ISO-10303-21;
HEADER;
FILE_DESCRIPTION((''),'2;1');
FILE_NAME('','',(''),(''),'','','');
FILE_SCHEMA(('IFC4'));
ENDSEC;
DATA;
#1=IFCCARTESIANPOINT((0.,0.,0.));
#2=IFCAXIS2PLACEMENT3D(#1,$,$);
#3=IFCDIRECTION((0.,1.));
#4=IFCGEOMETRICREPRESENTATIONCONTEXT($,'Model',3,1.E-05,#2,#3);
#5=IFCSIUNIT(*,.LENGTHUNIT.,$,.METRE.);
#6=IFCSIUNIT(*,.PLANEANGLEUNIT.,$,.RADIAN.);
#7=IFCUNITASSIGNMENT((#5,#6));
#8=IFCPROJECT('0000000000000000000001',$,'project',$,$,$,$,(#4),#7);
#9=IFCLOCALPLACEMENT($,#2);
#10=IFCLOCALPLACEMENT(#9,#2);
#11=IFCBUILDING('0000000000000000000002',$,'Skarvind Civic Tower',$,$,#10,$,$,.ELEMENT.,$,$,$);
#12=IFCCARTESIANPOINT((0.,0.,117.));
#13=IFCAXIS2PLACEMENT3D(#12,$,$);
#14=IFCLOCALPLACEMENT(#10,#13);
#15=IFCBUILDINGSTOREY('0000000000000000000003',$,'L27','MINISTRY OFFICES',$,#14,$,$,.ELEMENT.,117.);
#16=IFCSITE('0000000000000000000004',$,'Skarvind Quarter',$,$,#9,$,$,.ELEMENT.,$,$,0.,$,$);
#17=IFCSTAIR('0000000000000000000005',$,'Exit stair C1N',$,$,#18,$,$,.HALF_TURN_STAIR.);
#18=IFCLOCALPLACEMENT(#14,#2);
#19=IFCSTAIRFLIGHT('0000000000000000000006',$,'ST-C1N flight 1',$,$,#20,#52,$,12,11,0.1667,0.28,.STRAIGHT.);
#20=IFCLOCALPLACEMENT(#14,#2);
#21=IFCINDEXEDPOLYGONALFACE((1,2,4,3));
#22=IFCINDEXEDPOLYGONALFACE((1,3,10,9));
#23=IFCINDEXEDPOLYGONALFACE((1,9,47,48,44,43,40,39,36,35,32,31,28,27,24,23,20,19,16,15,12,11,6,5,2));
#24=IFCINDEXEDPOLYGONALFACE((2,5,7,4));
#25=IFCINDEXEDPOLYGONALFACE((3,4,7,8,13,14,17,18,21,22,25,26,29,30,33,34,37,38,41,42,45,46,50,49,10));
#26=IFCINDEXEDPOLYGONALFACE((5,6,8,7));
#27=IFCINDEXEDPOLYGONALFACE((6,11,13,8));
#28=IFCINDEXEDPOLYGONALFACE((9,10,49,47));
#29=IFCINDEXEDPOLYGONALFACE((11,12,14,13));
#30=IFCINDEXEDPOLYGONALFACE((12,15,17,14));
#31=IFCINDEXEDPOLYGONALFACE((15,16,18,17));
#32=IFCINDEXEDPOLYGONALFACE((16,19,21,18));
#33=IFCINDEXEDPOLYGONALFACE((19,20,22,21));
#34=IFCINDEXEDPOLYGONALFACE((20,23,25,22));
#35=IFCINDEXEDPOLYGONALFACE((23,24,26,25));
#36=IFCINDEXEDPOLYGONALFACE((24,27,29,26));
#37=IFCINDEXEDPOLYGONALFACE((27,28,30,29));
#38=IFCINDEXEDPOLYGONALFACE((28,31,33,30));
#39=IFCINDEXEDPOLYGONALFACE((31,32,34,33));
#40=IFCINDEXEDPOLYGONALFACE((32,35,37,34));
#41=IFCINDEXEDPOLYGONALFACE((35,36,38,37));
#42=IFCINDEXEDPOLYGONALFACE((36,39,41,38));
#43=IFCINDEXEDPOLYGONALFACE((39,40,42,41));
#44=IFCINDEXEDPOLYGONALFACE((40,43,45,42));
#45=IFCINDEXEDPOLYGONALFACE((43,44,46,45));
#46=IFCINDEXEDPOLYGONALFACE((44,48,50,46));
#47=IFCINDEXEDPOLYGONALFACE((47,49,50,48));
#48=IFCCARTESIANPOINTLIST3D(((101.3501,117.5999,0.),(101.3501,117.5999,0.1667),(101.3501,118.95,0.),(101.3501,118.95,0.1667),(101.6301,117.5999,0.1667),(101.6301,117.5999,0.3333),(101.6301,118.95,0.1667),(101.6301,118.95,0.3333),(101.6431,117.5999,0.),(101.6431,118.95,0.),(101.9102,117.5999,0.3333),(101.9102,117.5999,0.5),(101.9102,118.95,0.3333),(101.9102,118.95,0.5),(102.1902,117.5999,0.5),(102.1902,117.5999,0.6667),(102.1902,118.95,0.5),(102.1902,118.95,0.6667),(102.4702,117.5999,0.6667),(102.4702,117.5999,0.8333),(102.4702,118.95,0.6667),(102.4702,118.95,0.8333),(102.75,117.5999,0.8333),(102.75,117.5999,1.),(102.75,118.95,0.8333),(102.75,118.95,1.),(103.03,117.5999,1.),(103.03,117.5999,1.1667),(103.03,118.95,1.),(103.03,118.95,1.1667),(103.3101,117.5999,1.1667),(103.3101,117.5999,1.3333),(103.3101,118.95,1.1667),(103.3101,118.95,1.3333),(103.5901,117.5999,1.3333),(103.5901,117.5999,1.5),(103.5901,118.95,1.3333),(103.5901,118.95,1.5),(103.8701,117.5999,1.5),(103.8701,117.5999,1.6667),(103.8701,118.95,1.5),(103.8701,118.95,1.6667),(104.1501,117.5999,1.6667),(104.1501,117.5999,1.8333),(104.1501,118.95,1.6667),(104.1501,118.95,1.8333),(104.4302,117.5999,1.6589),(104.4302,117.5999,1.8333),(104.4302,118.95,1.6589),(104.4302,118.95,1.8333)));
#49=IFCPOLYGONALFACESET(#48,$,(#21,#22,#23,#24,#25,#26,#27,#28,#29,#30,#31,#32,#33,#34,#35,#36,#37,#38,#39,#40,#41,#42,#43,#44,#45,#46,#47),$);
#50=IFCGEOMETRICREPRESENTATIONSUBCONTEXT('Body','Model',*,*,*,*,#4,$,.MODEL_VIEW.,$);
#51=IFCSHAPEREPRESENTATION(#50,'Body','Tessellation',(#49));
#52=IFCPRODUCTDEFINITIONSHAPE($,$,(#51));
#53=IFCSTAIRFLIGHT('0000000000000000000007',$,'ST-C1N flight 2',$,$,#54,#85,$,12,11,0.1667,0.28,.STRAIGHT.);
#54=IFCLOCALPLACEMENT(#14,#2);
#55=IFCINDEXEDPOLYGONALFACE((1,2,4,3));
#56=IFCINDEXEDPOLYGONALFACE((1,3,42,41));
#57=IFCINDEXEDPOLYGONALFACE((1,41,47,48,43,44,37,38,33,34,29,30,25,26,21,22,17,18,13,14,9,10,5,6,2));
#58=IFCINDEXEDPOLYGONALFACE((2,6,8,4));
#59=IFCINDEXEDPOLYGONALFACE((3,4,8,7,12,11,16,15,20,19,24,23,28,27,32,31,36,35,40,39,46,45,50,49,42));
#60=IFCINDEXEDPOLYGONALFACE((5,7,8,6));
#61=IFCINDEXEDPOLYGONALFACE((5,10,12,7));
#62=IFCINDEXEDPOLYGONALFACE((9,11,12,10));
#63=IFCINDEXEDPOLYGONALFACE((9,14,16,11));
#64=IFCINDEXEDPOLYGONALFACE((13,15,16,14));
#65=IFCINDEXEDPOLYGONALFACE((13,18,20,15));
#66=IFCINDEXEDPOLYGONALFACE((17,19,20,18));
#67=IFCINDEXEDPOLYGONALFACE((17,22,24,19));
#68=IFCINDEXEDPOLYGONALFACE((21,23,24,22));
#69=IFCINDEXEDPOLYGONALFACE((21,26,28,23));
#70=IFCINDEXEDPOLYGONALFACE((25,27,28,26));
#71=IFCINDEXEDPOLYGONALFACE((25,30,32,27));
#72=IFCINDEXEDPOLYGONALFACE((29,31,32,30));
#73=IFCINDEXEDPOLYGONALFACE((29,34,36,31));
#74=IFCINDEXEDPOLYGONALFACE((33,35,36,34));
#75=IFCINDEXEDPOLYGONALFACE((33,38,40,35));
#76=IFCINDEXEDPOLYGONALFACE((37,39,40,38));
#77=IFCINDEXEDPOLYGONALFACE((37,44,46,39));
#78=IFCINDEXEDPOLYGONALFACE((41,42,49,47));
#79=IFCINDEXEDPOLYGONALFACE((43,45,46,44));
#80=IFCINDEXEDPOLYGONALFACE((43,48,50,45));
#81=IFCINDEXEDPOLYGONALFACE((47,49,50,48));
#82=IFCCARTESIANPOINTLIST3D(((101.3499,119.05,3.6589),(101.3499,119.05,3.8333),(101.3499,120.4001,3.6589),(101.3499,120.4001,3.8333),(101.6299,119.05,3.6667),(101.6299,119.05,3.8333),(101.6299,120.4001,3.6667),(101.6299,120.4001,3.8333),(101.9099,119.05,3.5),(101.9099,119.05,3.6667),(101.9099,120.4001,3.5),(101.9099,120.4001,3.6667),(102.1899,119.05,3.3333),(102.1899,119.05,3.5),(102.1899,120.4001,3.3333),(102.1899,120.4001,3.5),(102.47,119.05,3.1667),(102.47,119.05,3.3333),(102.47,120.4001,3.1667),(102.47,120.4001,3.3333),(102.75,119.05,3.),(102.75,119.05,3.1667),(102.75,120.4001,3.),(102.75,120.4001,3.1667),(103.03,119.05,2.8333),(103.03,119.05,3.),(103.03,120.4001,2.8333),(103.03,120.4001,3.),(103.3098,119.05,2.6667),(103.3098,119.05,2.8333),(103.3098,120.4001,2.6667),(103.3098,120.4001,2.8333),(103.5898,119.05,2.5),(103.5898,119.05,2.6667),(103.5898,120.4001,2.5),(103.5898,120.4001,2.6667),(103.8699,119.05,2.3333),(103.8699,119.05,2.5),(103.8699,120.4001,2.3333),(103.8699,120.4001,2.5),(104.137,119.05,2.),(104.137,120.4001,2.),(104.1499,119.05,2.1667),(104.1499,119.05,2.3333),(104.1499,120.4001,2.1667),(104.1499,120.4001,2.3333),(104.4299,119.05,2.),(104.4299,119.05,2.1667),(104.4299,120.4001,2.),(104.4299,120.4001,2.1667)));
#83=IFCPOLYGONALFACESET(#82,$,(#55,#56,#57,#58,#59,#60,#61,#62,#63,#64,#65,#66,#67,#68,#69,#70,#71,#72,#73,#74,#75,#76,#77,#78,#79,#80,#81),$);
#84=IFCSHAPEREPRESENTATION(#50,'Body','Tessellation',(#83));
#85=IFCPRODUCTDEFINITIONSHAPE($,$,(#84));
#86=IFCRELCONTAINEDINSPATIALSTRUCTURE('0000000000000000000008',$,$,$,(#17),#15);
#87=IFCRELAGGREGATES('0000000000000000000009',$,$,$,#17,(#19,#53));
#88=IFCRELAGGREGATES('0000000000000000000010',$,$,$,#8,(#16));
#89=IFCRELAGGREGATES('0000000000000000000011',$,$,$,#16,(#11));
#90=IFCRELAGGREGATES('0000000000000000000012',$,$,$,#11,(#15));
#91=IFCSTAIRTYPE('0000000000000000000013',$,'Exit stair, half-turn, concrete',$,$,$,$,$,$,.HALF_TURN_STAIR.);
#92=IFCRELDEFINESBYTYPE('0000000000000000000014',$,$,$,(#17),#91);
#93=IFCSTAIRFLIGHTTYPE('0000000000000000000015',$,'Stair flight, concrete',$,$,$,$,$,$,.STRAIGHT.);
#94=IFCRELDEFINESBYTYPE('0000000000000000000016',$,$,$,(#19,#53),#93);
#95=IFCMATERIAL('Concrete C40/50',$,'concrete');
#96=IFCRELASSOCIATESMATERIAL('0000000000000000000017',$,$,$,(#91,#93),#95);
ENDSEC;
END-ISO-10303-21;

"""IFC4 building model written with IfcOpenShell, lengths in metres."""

from ifc_helpers import new_model, si_unit, direction, frame, origin, place, context, subcontext, project, spatial, polyline, outline, extrude, material, type_object, element, aggregate, save


model = new_model("IFC4")

# Units and contexts
model_context = context("Model", 3, precision=1e-05, world=origin(), true_north=direction((0.0, 1.0)))
body_context = subcontext(model_context, "Body", "Model", "MODEL_VIEW")
ifc_project = project(units=[si_unit("LENGTHUNIT", "METRE"), si_unit("PLANEANGLEUNIT", "RADIAN")], contexts=[model_context])

# Site, building, storey
site_placement = place(None, origin())
site = spatial("IfcSite", under=ifc_project, at=site_placement, Name="Skarvind Quarter", CompositionType="ELEMENT", RefElevation=0.0)
building_placement = place(site_placement, origin())
building = spatial("IfcBuilding", under=site, at=building_placement, Name="Skarvind Civic Tower", CompositionType="ELEMENT")
storey_placement = place(building_placement, frame((0.0, 0.0, 117.0)))
storey = spatial("IfcBuildingStorey", under=building, at=storey_placement, Name="L27", Description="MINISTRY OFFICES", CompositionType="ELEMENT", Elevation=117.0)

# Stair, stair flights
ifc_material_1 = material(Name="Concrete C40/50", Category="concrete")
stair_type = type_object("IfcStairType", Name="Exit stair, half-turn, concrete", PredefinedType="HALF_TURN_STAIR", material=ifc_material_1)
stair_placement = place(storey_placement, origin())
stair = element("IfcStair", 1, at=stair_placement, inside=storey, type_object=stair_type, Name="Exit stair C1N", PredefinedType="HALF_TURN_STAIR")
stair_flight_type = type_object("IfcStairFlightType", Name="Stair flight, concrete", PredefinedType="STRAIGHT", material=ifc_material_1)
stair_flight_1_placement = place(storey_placement, frame((101.3501, 118.2749, 0.0), z_axis=(0.0, 0.0, 1.0), x_axis=(1.0, 0.0, 0.0)))
stair_flight_1 = element("IfcStairFlight", 2, at=stair_flight_1_placement, type_object=stair_flight_type, Name="ST-C1N flight 1", NumberOfRisers=12, NumberOfTreads=11, PredefinedType="STRAIGHT", RiserHeight=0.1667, TreadLength=0.28, context=body_context, shape_type="SweptSolid", body=[
    extrude(outline(polyline([(0.0, 0.0), (0.0, 0.1667), (0.28, 0.1667), (0.28, 0.3333), (0.5601, 0.3333), (0.5601, 0.5), (0.8401, 0.5), (0.8401, 0.6667), (1.1201, 0.6667), (1.1201, 0.8333), (1.3999, 0.8333), (1.3999, 1.0), (1.6799, 1.0), (1.6799, 1.1667), (1.96, 1.1667), (1.96, 1.3333), (2.24, 1.3333), (2.24, 1.5), (2.52, 1.5), (2.52, 1.6667), (2.8, 1.6667), (2.8, 1.8333), (3.0801, 1.8333), (3.0801, 2.0), (3.0801, 1.6589), (0.293, 0.0), (0.0, 0.0)])), frame((0.0, 0.675, 0.0), z_axis=(0.0, -1.0, 0.0), x_axis=(1.0, 0.0, 0.0)), (0.0, 0.0, 1.0), 1.3501),
])
stair_flight_2_placement = place(storey_placement, frame((104.4299, 119.7251, 2.0), z_axis=(0.0, 0.0, 1.0), x_axis=(-1.0, 0.0, 0.0)))
stair_flight_2 = element("IfcStairFlight", 3, at=stair_flight_2_placement, type_object=stair_flight_type, Name="ST-C1N flight 2", NumberOfRisers=12, NumberOfTreads=11, PredefinedType="STRAIGHT", RiserHeight=0.1667, TreadLength=0.28, context=body_context, shape_type="SweptSolid", body=[
    extrude(outline(polyline([(0.0, 0.0), (0.0, 0.1667), (0.28, 0.1667), (0.28, 0.3333), (0.5601, 0.3333), (0.5601, 0.5), (0.8401, 0.5), (0.8401, 0.6667), (1.1201, 0.6667), (1.1201, 0.8333), (1.3999, 0.8333), (1.3999, 1.0), (1.6799, 1.0), (1.6799, 1.1667), (1.96, 1.1667), (1.96, 1.3333), (2.24, 1.3333), (2.24, 1.5), (2.52, 1.5), (2.52, 1.6667), (2.8, 1.6667), (2.8, 1.8333), (3.0801, 1.8333), (3.0801, 2.0), (3.0801, 1.6589), (0.293, 0.0), (0.0, 0.0)])), frame((0.0, 0.675, 0.0), z_axis=(0.0, -1.0, 0.0), x_axis=(1.0, 0.0, 0.0)), (0.0, 0.0, 1.0), 1.3501),
])
aggregate(stair, [stair_flight_1, stair_flight_2])

save(model, "model.ifc")
